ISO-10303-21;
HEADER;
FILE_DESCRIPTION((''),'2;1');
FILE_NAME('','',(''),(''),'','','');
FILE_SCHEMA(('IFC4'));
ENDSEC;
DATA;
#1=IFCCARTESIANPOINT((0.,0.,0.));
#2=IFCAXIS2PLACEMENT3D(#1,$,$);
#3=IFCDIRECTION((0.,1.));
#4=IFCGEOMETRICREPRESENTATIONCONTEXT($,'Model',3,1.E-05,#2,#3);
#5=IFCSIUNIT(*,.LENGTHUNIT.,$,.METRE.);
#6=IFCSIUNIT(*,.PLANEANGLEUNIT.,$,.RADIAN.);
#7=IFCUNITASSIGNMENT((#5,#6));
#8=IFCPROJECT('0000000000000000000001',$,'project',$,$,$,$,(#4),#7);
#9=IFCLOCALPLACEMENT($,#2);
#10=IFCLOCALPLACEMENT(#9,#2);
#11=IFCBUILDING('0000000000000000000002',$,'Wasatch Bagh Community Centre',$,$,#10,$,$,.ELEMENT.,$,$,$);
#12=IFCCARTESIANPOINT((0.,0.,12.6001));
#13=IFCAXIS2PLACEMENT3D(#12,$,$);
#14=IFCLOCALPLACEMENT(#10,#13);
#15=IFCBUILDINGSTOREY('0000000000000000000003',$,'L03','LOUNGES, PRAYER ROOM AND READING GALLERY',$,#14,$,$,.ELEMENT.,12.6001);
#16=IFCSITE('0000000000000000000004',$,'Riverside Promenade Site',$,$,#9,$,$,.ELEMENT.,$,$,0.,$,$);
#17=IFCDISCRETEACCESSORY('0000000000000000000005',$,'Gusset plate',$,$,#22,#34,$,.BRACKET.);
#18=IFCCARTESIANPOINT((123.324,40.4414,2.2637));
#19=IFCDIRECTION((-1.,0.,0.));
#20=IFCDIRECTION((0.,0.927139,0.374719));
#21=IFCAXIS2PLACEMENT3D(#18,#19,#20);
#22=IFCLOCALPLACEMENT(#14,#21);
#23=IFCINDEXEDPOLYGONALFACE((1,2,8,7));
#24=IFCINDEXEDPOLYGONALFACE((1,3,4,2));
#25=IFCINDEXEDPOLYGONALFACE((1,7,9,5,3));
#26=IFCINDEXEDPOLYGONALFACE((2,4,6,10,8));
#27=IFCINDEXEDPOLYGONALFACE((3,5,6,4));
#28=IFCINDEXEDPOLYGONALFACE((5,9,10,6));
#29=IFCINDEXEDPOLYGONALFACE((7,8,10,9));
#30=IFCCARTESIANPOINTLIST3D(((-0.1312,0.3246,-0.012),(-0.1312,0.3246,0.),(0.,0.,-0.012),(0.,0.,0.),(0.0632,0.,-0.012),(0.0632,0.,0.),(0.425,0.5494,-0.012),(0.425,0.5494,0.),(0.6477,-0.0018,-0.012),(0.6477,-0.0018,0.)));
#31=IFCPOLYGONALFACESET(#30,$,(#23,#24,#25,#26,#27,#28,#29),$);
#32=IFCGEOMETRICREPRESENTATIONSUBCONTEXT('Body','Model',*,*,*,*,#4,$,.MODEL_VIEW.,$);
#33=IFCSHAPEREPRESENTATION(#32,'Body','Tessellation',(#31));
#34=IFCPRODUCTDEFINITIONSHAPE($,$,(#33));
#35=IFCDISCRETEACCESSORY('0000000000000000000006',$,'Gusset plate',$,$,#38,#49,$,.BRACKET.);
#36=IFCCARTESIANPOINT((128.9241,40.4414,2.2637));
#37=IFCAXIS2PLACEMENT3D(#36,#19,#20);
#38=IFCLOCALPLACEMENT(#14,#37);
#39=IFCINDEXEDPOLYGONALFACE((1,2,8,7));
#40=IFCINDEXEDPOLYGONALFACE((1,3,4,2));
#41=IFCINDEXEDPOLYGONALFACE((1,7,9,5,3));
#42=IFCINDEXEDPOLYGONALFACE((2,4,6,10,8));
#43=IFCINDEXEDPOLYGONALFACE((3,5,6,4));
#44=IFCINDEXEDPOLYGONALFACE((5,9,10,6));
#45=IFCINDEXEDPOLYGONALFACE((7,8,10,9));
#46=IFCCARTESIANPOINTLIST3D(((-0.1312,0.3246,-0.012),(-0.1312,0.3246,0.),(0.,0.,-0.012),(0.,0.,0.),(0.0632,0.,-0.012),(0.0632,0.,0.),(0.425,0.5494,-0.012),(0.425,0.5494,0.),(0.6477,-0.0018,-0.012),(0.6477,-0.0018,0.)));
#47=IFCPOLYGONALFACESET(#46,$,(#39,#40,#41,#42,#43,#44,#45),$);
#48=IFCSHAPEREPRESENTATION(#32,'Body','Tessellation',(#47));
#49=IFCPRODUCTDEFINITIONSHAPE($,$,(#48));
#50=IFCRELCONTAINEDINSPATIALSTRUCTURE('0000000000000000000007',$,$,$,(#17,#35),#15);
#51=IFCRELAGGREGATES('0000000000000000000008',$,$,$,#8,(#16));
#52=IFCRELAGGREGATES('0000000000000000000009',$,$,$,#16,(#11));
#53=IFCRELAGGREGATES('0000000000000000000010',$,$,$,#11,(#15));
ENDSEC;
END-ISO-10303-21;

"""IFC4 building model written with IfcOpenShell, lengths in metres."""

from ifc_helpers import new_model, si_unit, direction, frame, origin, place, context, subcontext, project, spatial, polyline, outline, extrude, element, save


model = new_model("IFC4")

# Units and contexts
model_context = context("Model", 3, precision=1e-05, world=origin(), true_north=direction((0.0, 1.0)))
body_context = subcontext(model_context, "Body", "Model", "MODEL_VIEW")
ifc_project = project(units=[si_unit("LENGTHUNIT", "METRE"), si_unit("PLANEANGLEUNIT", "RADIAN")], contexts=[model_context])

# Site, building, storey
site_placement = place(None, origin())
site = spatial("IfcSite", under=ifc_project, at=site_placement, Name="Riverside Promenade Site", CompositionType="ELEMENT", RefElevation=0.0)
building_placement = place(site_placement, origin())
building = spatial("IfcBuilding", under=site, at=building_placement, Name="Wasatch Bagh Community Centre", CompositionType="ELEMENT")
storey_placement = place(building_placement, frame((0.0, 0.0, 12.6001)))
storey = spatial("IfcBuildingStorey", under=building, at=storey_placement, Name="L03", Description="LOUNGES, PRAYER ROOM AND READING GALLERY", CompositionType="ELEMENT", Elevation=12.6001)

# Discrete accessories
discrete_accessory_1_placement = place(storey_placement, frame((123.324, 40.4414, 2.2637), z_axis=(-1.0, 0.0, 0.0), x_axis=(0.0, 0.927139, 0.374719)))
element("IfcDiscreteAccessory", 1, at=discrete_accessory_1_placement, inside=storey, Name="Gusset plate", PredefinedType="BRACKET", context=body_context, shape_type="SweptSolid", body=[
    extrude(outline(polyline([(0.0, 0.0), (0.0632, 0.0), (0.6477, -0.0018), (0.425, 0.5494), (-0.1312, 0.3246), (0.0, 0.0)])), origin(), (0.0, 0.0, -1.0), 0.012),
])
discrete_accessory_2_placement = place(storey_placement, frame((128.9241, 40.4414, 2.2637), z_axis=(-1.0, 0.0, 0.0), x_axis=(0.0, 0.927139, 0.374719)))
element("IfcDiscreteAccessory", 2, at=discrete_accessory_2_placement, inside=storey, Name="Gusset plate", PredefinedType="BRACKET", context=body_context, shape_type="SweptSolid", body=[
    extrude(outline(polyline([(0.0, 0.0), (0.0632, 0.0), (0.6477, -0.0018), (0.425, 0.5494), (-0.1312, 0.3246), (0.0, 0.0)])), origin(), (0.0, 0.0, -1.0), 0.012),
])

save(model, "model.ifc")
